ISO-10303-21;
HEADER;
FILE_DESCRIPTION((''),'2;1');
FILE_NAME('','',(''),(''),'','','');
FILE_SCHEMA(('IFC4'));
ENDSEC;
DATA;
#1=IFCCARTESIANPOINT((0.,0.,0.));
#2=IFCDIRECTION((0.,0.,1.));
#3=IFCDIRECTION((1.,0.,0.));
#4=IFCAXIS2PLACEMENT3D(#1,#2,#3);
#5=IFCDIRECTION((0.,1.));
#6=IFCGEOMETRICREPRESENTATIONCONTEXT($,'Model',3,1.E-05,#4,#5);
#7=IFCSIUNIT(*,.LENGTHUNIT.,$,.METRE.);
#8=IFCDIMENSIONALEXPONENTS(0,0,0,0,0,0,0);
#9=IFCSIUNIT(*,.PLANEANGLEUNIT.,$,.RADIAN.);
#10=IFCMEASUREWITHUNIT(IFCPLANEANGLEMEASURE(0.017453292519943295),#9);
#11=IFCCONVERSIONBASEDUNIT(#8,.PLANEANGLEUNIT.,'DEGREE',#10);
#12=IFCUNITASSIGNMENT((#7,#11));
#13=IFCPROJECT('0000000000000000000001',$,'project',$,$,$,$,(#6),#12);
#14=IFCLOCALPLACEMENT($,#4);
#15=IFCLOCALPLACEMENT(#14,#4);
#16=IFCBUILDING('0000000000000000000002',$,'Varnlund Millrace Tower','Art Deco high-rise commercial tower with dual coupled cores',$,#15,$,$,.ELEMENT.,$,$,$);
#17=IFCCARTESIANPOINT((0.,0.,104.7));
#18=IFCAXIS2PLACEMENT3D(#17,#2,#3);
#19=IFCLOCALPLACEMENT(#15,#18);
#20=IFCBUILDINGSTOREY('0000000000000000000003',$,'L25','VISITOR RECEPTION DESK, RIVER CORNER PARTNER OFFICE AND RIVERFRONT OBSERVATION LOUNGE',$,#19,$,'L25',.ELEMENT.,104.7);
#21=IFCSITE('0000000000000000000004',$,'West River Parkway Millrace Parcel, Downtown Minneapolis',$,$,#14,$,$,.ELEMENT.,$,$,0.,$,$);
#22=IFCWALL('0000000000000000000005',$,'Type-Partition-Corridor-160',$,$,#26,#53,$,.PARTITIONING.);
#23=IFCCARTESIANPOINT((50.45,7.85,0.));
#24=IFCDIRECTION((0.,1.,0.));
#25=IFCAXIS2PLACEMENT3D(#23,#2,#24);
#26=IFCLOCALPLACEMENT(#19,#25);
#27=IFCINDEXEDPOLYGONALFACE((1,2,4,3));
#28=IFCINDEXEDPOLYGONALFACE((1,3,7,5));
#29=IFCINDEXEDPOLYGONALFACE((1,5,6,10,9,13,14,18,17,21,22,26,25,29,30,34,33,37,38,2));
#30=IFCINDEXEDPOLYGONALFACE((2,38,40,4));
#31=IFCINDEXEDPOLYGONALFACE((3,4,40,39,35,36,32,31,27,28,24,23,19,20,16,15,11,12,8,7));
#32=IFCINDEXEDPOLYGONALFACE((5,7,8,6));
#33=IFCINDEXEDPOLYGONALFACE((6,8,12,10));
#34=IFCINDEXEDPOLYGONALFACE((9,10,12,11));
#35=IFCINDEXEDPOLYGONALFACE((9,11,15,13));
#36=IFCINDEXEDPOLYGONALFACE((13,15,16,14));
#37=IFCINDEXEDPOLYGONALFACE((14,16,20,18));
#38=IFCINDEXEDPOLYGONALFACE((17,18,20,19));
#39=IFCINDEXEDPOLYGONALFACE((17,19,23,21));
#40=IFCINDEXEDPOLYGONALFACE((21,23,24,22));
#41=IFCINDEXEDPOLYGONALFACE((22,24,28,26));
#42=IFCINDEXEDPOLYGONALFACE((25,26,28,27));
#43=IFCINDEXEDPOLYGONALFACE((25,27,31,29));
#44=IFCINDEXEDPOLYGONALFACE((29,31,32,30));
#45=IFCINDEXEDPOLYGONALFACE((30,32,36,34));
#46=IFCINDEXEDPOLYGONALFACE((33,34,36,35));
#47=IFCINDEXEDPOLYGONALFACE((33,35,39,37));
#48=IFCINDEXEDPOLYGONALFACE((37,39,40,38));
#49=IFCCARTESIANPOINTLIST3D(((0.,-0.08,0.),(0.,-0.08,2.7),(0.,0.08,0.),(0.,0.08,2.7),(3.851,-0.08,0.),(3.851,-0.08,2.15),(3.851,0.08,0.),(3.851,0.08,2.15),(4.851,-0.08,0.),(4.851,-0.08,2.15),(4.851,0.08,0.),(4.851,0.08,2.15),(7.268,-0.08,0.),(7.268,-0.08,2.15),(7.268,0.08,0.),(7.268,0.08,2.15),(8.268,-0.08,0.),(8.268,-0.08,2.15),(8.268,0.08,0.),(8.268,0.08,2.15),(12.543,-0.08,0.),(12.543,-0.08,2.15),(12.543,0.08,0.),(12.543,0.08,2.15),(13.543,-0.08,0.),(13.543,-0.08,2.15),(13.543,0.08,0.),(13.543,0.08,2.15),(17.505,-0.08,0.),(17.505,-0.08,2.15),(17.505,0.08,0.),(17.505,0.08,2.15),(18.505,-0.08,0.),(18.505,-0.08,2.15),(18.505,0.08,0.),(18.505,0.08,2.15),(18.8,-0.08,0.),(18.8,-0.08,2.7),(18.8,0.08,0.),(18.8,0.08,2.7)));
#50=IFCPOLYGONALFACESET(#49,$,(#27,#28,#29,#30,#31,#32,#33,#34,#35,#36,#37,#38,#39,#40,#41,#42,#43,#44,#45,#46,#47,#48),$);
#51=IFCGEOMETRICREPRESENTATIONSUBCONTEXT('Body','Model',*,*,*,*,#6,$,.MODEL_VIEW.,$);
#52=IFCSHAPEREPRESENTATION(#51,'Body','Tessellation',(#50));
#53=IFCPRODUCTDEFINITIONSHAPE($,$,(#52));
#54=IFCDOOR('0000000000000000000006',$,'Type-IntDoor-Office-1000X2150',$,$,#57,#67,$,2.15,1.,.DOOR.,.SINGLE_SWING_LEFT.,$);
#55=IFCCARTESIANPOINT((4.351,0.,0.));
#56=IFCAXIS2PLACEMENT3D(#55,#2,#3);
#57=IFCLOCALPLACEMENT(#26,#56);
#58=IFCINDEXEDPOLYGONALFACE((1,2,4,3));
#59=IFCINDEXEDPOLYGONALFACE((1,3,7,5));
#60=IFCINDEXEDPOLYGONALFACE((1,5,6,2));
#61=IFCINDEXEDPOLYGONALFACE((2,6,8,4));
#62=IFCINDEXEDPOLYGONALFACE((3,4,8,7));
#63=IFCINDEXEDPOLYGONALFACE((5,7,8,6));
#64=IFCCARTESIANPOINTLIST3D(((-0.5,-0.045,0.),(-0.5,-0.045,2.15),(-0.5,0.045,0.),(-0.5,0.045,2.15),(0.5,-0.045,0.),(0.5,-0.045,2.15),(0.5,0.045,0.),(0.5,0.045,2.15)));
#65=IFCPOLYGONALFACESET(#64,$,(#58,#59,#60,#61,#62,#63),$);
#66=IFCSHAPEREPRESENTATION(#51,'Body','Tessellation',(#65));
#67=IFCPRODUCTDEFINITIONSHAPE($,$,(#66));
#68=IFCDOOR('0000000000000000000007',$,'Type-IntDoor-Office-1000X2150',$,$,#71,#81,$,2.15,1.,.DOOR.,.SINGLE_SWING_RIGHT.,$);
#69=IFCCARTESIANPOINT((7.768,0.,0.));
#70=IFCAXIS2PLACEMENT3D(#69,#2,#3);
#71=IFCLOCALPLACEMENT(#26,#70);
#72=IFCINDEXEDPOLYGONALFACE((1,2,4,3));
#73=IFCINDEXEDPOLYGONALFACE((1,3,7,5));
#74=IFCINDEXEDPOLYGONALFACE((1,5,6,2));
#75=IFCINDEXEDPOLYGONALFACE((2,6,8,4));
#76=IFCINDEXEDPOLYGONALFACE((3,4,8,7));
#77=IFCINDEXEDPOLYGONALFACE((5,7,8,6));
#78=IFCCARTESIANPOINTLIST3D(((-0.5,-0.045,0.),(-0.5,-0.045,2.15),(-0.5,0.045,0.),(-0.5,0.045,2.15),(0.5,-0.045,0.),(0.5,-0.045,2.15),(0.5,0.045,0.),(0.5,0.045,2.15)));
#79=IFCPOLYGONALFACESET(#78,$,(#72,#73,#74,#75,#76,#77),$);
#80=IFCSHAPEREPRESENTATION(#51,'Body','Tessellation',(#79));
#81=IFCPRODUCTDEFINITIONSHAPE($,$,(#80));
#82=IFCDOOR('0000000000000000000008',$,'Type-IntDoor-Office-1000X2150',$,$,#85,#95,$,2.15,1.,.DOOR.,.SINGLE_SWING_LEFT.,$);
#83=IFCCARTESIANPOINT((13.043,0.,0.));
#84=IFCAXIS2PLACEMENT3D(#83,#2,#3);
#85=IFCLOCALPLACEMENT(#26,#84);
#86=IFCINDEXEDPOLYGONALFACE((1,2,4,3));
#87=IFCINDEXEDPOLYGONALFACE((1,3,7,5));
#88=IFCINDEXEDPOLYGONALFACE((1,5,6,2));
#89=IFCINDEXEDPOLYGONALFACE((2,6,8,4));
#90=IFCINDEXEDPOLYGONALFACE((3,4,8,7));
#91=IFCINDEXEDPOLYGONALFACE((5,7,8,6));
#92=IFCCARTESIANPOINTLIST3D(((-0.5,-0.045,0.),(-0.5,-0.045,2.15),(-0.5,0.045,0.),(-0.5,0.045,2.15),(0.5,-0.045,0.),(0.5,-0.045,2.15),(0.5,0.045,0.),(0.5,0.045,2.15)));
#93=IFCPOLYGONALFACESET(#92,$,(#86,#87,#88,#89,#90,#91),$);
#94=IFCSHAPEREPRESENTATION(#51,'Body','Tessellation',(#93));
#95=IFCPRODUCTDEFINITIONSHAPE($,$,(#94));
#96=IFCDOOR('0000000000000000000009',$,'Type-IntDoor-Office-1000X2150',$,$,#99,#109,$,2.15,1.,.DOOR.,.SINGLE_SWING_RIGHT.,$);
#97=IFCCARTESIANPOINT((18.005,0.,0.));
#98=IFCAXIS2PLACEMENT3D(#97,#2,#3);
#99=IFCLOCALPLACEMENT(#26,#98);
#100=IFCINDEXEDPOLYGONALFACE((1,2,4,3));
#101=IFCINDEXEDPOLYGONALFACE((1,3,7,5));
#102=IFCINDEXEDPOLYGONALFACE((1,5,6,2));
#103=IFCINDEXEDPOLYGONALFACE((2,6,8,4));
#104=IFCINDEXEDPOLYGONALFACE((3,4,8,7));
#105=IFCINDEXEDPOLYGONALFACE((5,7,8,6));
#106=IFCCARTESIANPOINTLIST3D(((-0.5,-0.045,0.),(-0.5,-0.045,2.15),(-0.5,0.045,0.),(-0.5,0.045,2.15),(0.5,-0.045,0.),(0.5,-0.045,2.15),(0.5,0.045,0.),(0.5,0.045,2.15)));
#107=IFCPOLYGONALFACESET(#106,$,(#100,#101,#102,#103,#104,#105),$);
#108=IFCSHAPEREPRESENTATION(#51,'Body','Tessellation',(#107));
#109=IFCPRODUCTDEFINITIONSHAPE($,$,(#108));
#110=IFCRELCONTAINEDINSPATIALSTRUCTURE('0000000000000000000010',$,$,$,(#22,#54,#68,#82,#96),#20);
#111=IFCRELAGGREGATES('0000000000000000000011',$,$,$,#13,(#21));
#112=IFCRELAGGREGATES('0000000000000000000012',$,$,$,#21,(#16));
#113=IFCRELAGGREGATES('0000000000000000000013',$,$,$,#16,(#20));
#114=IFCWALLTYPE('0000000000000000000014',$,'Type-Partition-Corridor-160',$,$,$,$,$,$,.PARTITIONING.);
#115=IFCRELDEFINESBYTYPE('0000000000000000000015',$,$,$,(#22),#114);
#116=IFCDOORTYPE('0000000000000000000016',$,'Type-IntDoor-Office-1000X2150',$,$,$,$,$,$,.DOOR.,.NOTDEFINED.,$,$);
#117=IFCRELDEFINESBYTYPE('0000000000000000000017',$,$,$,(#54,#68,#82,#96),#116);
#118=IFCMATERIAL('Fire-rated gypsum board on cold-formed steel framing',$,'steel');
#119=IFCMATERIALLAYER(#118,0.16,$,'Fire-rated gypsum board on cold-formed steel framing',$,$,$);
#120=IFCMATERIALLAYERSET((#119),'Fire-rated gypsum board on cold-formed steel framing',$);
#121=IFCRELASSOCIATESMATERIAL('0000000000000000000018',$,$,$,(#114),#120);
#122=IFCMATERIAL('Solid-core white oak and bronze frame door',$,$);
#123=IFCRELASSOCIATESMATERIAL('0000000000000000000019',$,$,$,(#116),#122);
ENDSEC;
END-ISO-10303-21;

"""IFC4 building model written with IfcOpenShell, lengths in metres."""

from ifc_helpers import new_model, entity, si_unit, converted_unit, direction, frame, origin_with_axes, origin_2d_with_axis, place, context, subcontext, project, spatial, polyline, rectangle, outline, extrude, material, layer, layer_set, type_object, element, fill, save


model = new_model("IFC4")

# Units and contexts
model_context = context("Model", 3, precision=1e-05, world=origin_with_axes(), true_north=direction((0.0, 1.0)))
body_context = subcontext(model_context, "Body", "Model", "MODEL_VIEW")
ifc_project = project(units=[si_unit("LENGTHUNIT", "METRE"), converted_unit("PLANEANGLEUNIT", "DEGREE", entity("IfcPlaneAngleMeasure", 0.017453292519943295), si_unit("PLANEANGLEUNIT", "RADIAN"), dimensions=[0, 0, 0, 0, 0, 0, 0])], contexts=[model_context])

# Site, building, storey
site_placement = place(None, origin_with_axes())
site = spatial("IfcSite", under=ifc_project, at=site_placement, Name="West River Parkway Millrace Parcel, Downtown Minneapolis", CompositionType="ELEMENT", RefElevation=0.0)
building_placement = place(site_placement, origin_with_axes())
building = spatial("IfcBuilding", under=site, at=building_placement, Name="Varnlund Millrace Tower", Description="Art Deco high-rise commercial tower with dual coupled cores", CompositionType="ELEMENT")
storey_placement = place(building_placement, frame((0.0, 0.0, 104.7), z_axis=(0.0, 0.0, 1.0), x_axis=(1.0, 0.0, 0.0)))
storey = spatial("IfcBuildingStorey", under=building, at=storey_placement, Name="L25", Description="VISITOR RECEPTION DESK, RIVER CORNER PARTNER OFFICE AND RIVERFRONT OBSERVATION LOUNGE", LongName="L25", CompositionType="ELEMENT", Elevation=104.7)

# Shared definitions
ifc_material_1 = material(Name="Fire-rated gypsum board on cold-formed steel framing", Category="steel")
ifc_layer_1 = layer(ifc_material_1, 0.16, Name="Fire-rated gypsum board on cold-formed steel framing")
ifc_layer_set_1 = layer_set([ifc_layer_1], Name="Fire-rated gypsum board on cold-formed steel framing")
wall_type_1 = type_object("IfcWallType", Name="Type-Partition-Corridor-160", PredefinedType="PARTITIONING", material=ifc_layer_set_1)

# Wall, openings, doors
wall_1_placement = place(storey_placement, frame((50.45, 7.85, 0.0), z_axis=(0.0, 0.0, 1.0), x_axis=(0.0, 1.0, 0.0)))
wall_1 = element("IfcWall", 1, at=wall_1_placement, inside=storey, type_object=wall_type_1, Name="Type-Partition-Corridor-160", PredefinedType="PARTITIONING", context=body_context, shape_type="SweptSolid", body=[
    extrude(outline(polyline([(0.0, -0.08), (18.8, -0.08), (18.8, 0.08), (0.0, 0.08), (0.0, -0.08)])), origin_with_axes(), (0.0, 0.0, 1.0), 2.7),
])
opening_1_placement = place(wall_1_placement, frame((4.351, 0.0, 0.0), z_axis=(0.0, 0.0, 1.0), x_axis=(1.0, 0.0, 0.0)))
opening_1 = element("IfcOpeningElement", 2, at=opening_1_placement, cuts=wall_1, PredefinedType="OPENING", context=body_context, shape_type="SweptSolid", body=[
    extrude(rectangle(XDim=1.0, YDim=0.18, at=origin_2d_with_axis()), origin_with_axes(), (0.0, 0.0, 1.0), 2.15),
])
opening_2_placement = place(wall_1_placement, frame((7.768, 0.0, 0.0), z_axis=(0.0, 0.0, 1.0), x_axis=(1.0, 0.0, 0.0)))
opening_2 = element("IfcOpeningElement", 3, at=opening_2_placement, cuts=wall_1, PredefinedType="OPENING", context=body_context, shape_type="SweptSolid", body=[
    extrude(rectangle(XDim=1.0, YDim=0.18, at=origin_2d_with_axis()), origin_with_axes(), (0.0, 0.0, 1.0), 2.15),
])
opening_3_placement = place(wall_1_placement, frame((13.043, 0.0, 0.0), z_axis=(0.0, 0.0, 1.0), x_axis=(1.0, 0.0, 0.0)))
opening_3 = element("IfcOpeningElement", 4, at=opening_3_placement, cuts=wall_1, PredefinedType="OPENING", context=body_context, shape_type="SweptSolid", body=[
    extrude(rectangle(XDim=1.0, YDim=0.18, at=origin_2d_with_axis()), origin_with_axes(), (0.0, 0.0, 1.0), 2.15),
])
opening_4_placement = place(wall_1_placement, frame((18.005, 0.0, 0.0), z_axis=(0.0, 0.0, 1.0), x_axis=(1.0, 0.0, 0.0)))
opening_4 = element("IfcOpeningElement", 5, at=opening_4_placement, cuts=wall_1, PredefinedType="OPENING", context=body_context, shape_type="SweptSolid", body=[
    extrude(rectangle(XDim=1.0, YDim=0.18, at=origin_2d_with_axis()), origin_with_axes(), (0.0, 0.0, 1.0), 2.15),
])
ifc_material_2 = material(Name="Solid-core white oak and bronze frame door")
door_type_1 = type_object("IfcDoorType", Name="Type-IntDoor-Office-1000X2150", OperationType="NOTDEFINED", PredefinedType="DOOR", material=ifc_material_2)
door_1_placement = place(wall_1_placement, frame((4.351, 0.0, 0.0), z_axis=(0.0, 0.0, 1.0), x_axis=(1.0, 0.0, 0.0)))
door_1 = element("IfcDoor", 6, at=door_1_placement, inside=storey, type_object=door_type_1, Name="Type-IntDoor-Office-1000X2150", OperationType="SINGLE_SWING_LEFT", OverallHeight=2.15, OverallWidth=1.0, PredefinedType="DOOR", context=body_context, shape_type="SweptSolid", body=[
    extrude(rectangle(XDim=1.0, YDim=0.09, at=origin_2d_with_axis()), origin_with_axes(), (0.0, 0.0, 1.0), 2.15),
])
fill(opening_1, door_1)
door_2_placement = place(wall_1_placement, frame((7.768, 0.0, 0.0), z_axis=(0.0, 0.0, 1.0), x_axis=(1.0, 0.0, 0.0)))
door_2 = element("IfcDoor", 7, at=door_2_placement, inside=storey, type_object=door_type_1, Name="Type-IntDoor-Office-1000X2150", OperationType="SINGLE_SWING_RIGHT", OverallHeight=2.15, OverallWidth=1.0, PredefinedType="DOOR", context=body_context, shape_type="SweptSolid", body=[
    extrude(rectangle(XDim=1.0, YDim=0.09, at=origin_2d_with_axis()), origin_with_axes(), (0.0, 0.0, 1.0), 2.15),
])
fill(opening_2, door_2)
door_3_placement = place(wall_1_placement, frame((13.043, 0.0, 0.0), z_axis=(0.0, 0.0, 1.0), x_axis=(1.0, 0.0, 0.0)))
door_3 = element("IfcDoor", 8, at=door_3_placement, inside=storey, type_object=door_type_1, Name="Type-IntDoor-Office-1000X2150", OperationType="SINGLE_SWING_LEFT", OverallHeight=2.15, OverallWidth=1.0, PredefinedType="DOOR", context=body_context, shape_type="SweptSolid", body=[
    extrude(rectangle(XDim=1.0, YDim=0.09, at=origin_2d_with_axis()), origin_with_axes(), (0.0, 0.0, 1.0), 2.15),
])
fill(opening_3, door_3)
door_4_placement = place(wall_1_placement, frame((18.005, 0.0, 0.0), z_axis=(0.0, 0.0, 1.0), x_axis=(1.0, 0.0, 0.0)))
door_4 = element("IfcDoor", 9, at=door_4_placement, inside=storey, type_object=door_type_1, Name="Type-IntDoor-Office-1000X2150", OperationType="SINGLE_SWING_RIGHT", OverallHeight=2.15, OverallWidth=1.0, PredefinedType="DOOR", context=body_context, shape_type="SweptSolid", body=[
    extrude(rectangle(XDim=1.0, YDim=0.09, at=origin_2d_with_axis()), origin_with_axes(), (0.0, 0.0, 1.0), 2.15),
])
fill(opening_4, door_4)

save(model, "model.ifc")
